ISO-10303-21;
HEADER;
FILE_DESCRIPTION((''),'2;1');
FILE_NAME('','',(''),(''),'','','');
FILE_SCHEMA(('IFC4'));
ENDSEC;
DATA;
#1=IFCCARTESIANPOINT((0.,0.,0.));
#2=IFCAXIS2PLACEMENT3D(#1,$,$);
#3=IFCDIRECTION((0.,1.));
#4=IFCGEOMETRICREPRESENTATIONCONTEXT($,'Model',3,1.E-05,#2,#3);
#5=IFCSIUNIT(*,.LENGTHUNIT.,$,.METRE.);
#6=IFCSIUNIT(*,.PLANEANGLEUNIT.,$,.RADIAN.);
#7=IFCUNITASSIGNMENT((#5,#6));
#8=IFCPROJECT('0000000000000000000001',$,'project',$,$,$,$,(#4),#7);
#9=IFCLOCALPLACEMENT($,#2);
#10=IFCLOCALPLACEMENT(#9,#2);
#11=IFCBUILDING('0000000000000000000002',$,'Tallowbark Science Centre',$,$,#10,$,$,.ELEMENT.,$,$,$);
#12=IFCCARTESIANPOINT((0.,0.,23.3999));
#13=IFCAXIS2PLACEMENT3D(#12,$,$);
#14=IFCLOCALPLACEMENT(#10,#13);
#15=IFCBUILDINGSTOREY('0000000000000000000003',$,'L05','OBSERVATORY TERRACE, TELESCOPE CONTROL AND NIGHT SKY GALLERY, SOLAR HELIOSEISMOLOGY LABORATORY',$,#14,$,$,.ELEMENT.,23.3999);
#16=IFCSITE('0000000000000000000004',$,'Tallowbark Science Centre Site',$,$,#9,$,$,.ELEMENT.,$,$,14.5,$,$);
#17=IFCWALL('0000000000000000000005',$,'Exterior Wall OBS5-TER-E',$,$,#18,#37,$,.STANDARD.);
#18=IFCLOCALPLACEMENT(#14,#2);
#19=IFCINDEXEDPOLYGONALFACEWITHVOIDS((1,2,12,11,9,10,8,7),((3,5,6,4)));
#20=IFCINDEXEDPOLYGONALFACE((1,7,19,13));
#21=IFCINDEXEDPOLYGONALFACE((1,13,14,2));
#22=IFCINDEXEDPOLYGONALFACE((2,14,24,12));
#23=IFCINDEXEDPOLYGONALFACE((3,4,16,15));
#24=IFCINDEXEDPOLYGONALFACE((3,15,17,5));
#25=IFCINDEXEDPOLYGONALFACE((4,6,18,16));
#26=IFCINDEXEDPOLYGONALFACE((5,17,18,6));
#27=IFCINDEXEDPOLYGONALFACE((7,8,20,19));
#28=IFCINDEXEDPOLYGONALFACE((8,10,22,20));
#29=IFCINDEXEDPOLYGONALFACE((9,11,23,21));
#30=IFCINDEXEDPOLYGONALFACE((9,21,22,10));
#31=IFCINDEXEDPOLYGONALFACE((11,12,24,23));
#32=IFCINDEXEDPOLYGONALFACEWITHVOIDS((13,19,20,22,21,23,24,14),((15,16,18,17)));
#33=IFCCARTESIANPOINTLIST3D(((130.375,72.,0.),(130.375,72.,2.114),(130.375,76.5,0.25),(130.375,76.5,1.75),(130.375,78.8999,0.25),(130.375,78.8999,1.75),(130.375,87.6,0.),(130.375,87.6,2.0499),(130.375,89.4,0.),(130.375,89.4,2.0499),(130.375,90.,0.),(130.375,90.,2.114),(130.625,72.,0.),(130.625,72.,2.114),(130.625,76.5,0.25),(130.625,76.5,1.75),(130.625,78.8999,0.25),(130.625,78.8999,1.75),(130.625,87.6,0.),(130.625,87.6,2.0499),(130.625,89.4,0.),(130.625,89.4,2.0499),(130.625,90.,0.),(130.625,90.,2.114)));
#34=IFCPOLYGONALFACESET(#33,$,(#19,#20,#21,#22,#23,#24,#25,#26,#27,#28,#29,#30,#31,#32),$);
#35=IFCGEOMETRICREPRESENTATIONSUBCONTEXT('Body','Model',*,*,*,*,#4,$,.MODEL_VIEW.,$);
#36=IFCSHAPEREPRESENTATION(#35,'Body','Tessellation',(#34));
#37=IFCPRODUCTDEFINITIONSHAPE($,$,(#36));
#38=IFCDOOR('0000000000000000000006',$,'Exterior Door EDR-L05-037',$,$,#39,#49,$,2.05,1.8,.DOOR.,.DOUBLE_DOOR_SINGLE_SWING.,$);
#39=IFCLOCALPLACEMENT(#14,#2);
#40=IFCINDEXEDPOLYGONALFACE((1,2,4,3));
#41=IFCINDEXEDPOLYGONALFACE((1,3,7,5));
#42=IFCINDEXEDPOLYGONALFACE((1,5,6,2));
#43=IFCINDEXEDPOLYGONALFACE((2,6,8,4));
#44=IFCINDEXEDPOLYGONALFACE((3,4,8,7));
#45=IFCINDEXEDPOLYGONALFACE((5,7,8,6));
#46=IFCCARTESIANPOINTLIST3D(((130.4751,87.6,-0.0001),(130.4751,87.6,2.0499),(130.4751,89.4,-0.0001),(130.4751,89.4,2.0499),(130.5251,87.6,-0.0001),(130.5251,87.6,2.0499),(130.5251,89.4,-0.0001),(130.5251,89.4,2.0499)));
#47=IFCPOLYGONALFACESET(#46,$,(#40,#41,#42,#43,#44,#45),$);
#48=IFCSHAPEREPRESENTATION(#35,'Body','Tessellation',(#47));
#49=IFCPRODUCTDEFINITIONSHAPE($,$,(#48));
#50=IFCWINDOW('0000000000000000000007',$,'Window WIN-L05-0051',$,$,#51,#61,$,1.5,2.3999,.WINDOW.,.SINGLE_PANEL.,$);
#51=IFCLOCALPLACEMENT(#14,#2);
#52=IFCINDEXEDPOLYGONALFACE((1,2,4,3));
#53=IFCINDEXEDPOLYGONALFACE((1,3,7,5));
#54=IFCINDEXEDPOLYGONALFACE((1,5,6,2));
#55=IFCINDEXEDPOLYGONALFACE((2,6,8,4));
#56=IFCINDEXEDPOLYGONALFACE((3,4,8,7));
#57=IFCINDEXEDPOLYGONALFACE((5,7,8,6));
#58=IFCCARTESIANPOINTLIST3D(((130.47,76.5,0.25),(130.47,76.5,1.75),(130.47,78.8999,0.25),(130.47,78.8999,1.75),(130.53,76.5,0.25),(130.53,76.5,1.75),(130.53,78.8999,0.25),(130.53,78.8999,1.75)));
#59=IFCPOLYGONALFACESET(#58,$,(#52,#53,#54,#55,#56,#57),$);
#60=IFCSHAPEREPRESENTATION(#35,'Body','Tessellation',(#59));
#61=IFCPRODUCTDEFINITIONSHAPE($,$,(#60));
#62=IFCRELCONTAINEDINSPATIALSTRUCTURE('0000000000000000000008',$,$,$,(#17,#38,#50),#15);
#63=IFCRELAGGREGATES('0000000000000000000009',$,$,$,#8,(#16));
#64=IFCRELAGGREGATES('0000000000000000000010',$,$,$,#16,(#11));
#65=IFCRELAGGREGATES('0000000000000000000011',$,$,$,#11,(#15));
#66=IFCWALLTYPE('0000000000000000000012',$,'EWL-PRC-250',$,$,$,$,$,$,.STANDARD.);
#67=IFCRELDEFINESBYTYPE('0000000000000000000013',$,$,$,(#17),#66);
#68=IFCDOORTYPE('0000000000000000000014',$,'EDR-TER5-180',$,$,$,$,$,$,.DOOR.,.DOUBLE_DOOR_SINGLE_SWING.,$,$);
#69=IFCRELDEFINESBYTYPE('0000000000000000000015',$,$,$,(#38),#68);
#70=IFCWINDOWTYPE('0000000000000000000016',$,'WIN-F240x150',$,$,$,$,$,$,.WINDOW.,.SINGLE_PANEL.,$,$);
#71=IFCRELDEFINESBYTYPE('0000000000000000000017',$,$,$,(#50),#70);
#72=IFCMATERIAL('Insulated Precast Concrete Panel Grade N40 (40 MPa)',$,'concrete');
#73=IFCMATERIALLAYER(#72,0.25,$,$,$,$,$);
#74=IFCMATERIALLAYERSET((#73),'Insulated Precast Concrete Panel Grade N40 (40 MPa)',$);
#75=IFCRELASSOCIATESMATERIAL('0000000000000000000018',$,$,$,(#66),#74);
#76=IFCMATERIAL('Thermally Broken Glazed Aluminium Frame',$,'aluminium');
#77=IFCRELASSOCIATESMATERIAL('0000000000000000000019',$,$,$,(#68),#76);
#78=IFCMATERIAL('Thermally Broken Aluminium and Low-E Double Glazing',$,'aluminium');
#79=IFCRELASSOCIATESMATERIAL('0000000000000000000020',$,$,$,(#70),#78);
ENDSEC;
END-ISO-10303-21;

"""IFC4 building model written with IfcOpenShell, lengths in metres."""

from ifc_helpers import new_model, si_unit, direction, frame, frame_2d, origin, place, context, subcontext, project, spatial, rectangle, extrude, material, layer, layer_set, type_object, element, fill, save


model = new_model("IFC4")

# Units and contexts
model_context = context("Model", 3, precision=1e-05, world=origin(), true_north=direction((0.0, 1.0)))
body_context = subcontext(model_context, "Body", "Model", "MODEL_VIEW")
ifc_project = project(units=[si_unit("LENGTHUNIT", "METRE"), si_unit("PLANEANGLEUNIT", "RADIAN")], contexts=[model_context])

# Site, building, storey
site_placement = place(None, origin())
site = spatial("IfcSite", under=ifc_project, at=site_placement, Name="Tallowbark Science Centre Site", CompositionType="ELEMENT", RefElevation=14.5)
building_placement = place(site_placement, origin())
building = spatial("IfcBuilding", under=site, at=building_placement, Name="Tallowbark Science Centre", CompositionType="ELEMENT")
storey_placement = place(building_placement, frame((0.0, 0.0, 23.3999)))
storey = spatial("IfcBuildingStorey", under=building, at=storey_placement, Name="L05", Description="OBSERVATORY TERRACE, TELESCOPE CONTROL AND NIGHT SKY GALLERY, SOLAR HELIOSEISMOLOGY LABORATORY", CompositionType="ELEMENT", Elevation=23.3999)

# Wall, openings, door, window
ifc_material_1 = material(Name="Insulated Precast Concrete Panel Grade N40 (40 MPa)", Category="concrete")
ifc_layer_1 = layer(ifc_material_1, 0.25)
ifc_layer_set_1 = layer_set([ifc_layer_1], Name="Insulated Precast Concrete Panel Grade N40 (40 MPa)")
wall_type = type_object("IfcWallType", Name="EWL-PRC-250", PredefinedType="STANDARD", material=ifc_layer_set_1)
wall_placement = place(storey_placement, frame((130.5, 72.0, 0.0), z_axis=(0.0, 0.0, 1.0), x_axis=(0.0, 1.0, 0.0)))
wall = element("IfcWall", 1, at=wall_placement, inside=storey, type_object=wall_type, Name="Exterior Wall OBS5-TER-E", PredefinedType="STANDARD", context=body_context, shape_type="SweptSolid", body=[
    extrude(rectangle(XDim=18.0, YDim=0.25, at=frame_2d((9.0, 0.0))), origin(), (0.0, 0.0, 1.0), 2.114),
])
opening_1_placement = place(wall_placement, frame((4.5, 0.0, 0.25)))
opening_1 = element("IfcOpeningElement", 2, at=opening_1_placement, cuts=wall, PredefinedType="OPENING", context=body_context, shape_type="SweptSolid", body=[
    extrude(rectangle(XDim=2.3999, YDim=1.5, at=frame_2d((1.2, 0.75))), frame((0.0, 0.135, 0.0), z_axis=(0.0, -1.0, 0.0), x_axis=(1.0, 0.0, 0.0)), (0.0, 0.0, 1.0), 0.27),
])
opening_2_placement = place(wall_placement, frame((15.6001, 0.0, 0.0)))
opening_2 = element("IfcOpeningElement", 3, at=opening_2_placement, cuts=wall, PredefinedType="OPENING", context=body_context, shape_type="SweptSolid", body=[
    extrude(rectangle(XDim=1.8, YDim=2.05, at=frame_2d((0.8999, 1.0249))), frame((0.0, 0.135, 0.0), z_axis=(0.0, -1.0, 0.0), x_axis=(1.0, 0.0, 0.0)), (0.0, 0.0, 1.0), 0.27),
])
ifc_material_2 = material(Name="Thermally Broken Glazed Aluminium Frame", Category="aluminium")
door_type = type_object("IfcDoorType", Name="EDR-TER5-180", OperationType="DOUBLE_DOOR_SINGLE_SWING", PredefinedType="DOOR", material=ifc_material_2)
door_placement = place(opening_2_placement, origin())
door = element("IfcDoor", 4, at=door_placement, inside=storey, type_object=door_type, Name="Exterior Door EDR-L05-037", OperationType="DOUBLE_DOOR_SINGLE_SWING", OverallHeight=2.05, OverallWidth=1.8, PredefinedType="DOOR", context=body_context, shape_type="SweptSolid", body=[
    extrude(rectangle(XDim=1.8, YDim=2.05, at=frame_2d((0.8999, 1.0249))), frame((0.0, 0.0249, 0.0), z_axis=(0.0, -1.0, 0.0), x_axis=(1.0, 0.0, 0.0)), (0.0, 0.0, 1.0), 0.05),
])
fill(opening_2, door)
ifc_material_3 = material(Name="Thermally Broken Aluminium and Low-E Double Glazing", Category="aluminium")
window_type = type_object("IfcWindowType", Name="WIN-F240x150", PartitioningType="SINGLE_PANEL", PredefinedType="WINDOW", material=ifc_material_3)
window_placement = place(opening_1_placement, origin())
window = element("IfcWindow", 5, at=window_placement, inside=storey, type_object=window_type, Name="Window WIN-L05-0051", OverallHeight=1.5, OverallWidth=2.3999, PartitioningType="SINGLE_PANEL", PredefinedType="WINDOW", context=body_context, shape_type="SweptSolid", body=[
    extrude(rectangle(XDim=2.3999, YDim=1.5, at=frame_2d((1.2, 0.75))), frame((0.0, 0.03, 0.0), z_axis=(0.0, -1.0, 0.0), x_axis=(1.0, 0.0, 0.0)), (0.0, 0.0, 1.0), 0.0601),
])
fill(opening_1, window)

save(model, "model.ifc")
